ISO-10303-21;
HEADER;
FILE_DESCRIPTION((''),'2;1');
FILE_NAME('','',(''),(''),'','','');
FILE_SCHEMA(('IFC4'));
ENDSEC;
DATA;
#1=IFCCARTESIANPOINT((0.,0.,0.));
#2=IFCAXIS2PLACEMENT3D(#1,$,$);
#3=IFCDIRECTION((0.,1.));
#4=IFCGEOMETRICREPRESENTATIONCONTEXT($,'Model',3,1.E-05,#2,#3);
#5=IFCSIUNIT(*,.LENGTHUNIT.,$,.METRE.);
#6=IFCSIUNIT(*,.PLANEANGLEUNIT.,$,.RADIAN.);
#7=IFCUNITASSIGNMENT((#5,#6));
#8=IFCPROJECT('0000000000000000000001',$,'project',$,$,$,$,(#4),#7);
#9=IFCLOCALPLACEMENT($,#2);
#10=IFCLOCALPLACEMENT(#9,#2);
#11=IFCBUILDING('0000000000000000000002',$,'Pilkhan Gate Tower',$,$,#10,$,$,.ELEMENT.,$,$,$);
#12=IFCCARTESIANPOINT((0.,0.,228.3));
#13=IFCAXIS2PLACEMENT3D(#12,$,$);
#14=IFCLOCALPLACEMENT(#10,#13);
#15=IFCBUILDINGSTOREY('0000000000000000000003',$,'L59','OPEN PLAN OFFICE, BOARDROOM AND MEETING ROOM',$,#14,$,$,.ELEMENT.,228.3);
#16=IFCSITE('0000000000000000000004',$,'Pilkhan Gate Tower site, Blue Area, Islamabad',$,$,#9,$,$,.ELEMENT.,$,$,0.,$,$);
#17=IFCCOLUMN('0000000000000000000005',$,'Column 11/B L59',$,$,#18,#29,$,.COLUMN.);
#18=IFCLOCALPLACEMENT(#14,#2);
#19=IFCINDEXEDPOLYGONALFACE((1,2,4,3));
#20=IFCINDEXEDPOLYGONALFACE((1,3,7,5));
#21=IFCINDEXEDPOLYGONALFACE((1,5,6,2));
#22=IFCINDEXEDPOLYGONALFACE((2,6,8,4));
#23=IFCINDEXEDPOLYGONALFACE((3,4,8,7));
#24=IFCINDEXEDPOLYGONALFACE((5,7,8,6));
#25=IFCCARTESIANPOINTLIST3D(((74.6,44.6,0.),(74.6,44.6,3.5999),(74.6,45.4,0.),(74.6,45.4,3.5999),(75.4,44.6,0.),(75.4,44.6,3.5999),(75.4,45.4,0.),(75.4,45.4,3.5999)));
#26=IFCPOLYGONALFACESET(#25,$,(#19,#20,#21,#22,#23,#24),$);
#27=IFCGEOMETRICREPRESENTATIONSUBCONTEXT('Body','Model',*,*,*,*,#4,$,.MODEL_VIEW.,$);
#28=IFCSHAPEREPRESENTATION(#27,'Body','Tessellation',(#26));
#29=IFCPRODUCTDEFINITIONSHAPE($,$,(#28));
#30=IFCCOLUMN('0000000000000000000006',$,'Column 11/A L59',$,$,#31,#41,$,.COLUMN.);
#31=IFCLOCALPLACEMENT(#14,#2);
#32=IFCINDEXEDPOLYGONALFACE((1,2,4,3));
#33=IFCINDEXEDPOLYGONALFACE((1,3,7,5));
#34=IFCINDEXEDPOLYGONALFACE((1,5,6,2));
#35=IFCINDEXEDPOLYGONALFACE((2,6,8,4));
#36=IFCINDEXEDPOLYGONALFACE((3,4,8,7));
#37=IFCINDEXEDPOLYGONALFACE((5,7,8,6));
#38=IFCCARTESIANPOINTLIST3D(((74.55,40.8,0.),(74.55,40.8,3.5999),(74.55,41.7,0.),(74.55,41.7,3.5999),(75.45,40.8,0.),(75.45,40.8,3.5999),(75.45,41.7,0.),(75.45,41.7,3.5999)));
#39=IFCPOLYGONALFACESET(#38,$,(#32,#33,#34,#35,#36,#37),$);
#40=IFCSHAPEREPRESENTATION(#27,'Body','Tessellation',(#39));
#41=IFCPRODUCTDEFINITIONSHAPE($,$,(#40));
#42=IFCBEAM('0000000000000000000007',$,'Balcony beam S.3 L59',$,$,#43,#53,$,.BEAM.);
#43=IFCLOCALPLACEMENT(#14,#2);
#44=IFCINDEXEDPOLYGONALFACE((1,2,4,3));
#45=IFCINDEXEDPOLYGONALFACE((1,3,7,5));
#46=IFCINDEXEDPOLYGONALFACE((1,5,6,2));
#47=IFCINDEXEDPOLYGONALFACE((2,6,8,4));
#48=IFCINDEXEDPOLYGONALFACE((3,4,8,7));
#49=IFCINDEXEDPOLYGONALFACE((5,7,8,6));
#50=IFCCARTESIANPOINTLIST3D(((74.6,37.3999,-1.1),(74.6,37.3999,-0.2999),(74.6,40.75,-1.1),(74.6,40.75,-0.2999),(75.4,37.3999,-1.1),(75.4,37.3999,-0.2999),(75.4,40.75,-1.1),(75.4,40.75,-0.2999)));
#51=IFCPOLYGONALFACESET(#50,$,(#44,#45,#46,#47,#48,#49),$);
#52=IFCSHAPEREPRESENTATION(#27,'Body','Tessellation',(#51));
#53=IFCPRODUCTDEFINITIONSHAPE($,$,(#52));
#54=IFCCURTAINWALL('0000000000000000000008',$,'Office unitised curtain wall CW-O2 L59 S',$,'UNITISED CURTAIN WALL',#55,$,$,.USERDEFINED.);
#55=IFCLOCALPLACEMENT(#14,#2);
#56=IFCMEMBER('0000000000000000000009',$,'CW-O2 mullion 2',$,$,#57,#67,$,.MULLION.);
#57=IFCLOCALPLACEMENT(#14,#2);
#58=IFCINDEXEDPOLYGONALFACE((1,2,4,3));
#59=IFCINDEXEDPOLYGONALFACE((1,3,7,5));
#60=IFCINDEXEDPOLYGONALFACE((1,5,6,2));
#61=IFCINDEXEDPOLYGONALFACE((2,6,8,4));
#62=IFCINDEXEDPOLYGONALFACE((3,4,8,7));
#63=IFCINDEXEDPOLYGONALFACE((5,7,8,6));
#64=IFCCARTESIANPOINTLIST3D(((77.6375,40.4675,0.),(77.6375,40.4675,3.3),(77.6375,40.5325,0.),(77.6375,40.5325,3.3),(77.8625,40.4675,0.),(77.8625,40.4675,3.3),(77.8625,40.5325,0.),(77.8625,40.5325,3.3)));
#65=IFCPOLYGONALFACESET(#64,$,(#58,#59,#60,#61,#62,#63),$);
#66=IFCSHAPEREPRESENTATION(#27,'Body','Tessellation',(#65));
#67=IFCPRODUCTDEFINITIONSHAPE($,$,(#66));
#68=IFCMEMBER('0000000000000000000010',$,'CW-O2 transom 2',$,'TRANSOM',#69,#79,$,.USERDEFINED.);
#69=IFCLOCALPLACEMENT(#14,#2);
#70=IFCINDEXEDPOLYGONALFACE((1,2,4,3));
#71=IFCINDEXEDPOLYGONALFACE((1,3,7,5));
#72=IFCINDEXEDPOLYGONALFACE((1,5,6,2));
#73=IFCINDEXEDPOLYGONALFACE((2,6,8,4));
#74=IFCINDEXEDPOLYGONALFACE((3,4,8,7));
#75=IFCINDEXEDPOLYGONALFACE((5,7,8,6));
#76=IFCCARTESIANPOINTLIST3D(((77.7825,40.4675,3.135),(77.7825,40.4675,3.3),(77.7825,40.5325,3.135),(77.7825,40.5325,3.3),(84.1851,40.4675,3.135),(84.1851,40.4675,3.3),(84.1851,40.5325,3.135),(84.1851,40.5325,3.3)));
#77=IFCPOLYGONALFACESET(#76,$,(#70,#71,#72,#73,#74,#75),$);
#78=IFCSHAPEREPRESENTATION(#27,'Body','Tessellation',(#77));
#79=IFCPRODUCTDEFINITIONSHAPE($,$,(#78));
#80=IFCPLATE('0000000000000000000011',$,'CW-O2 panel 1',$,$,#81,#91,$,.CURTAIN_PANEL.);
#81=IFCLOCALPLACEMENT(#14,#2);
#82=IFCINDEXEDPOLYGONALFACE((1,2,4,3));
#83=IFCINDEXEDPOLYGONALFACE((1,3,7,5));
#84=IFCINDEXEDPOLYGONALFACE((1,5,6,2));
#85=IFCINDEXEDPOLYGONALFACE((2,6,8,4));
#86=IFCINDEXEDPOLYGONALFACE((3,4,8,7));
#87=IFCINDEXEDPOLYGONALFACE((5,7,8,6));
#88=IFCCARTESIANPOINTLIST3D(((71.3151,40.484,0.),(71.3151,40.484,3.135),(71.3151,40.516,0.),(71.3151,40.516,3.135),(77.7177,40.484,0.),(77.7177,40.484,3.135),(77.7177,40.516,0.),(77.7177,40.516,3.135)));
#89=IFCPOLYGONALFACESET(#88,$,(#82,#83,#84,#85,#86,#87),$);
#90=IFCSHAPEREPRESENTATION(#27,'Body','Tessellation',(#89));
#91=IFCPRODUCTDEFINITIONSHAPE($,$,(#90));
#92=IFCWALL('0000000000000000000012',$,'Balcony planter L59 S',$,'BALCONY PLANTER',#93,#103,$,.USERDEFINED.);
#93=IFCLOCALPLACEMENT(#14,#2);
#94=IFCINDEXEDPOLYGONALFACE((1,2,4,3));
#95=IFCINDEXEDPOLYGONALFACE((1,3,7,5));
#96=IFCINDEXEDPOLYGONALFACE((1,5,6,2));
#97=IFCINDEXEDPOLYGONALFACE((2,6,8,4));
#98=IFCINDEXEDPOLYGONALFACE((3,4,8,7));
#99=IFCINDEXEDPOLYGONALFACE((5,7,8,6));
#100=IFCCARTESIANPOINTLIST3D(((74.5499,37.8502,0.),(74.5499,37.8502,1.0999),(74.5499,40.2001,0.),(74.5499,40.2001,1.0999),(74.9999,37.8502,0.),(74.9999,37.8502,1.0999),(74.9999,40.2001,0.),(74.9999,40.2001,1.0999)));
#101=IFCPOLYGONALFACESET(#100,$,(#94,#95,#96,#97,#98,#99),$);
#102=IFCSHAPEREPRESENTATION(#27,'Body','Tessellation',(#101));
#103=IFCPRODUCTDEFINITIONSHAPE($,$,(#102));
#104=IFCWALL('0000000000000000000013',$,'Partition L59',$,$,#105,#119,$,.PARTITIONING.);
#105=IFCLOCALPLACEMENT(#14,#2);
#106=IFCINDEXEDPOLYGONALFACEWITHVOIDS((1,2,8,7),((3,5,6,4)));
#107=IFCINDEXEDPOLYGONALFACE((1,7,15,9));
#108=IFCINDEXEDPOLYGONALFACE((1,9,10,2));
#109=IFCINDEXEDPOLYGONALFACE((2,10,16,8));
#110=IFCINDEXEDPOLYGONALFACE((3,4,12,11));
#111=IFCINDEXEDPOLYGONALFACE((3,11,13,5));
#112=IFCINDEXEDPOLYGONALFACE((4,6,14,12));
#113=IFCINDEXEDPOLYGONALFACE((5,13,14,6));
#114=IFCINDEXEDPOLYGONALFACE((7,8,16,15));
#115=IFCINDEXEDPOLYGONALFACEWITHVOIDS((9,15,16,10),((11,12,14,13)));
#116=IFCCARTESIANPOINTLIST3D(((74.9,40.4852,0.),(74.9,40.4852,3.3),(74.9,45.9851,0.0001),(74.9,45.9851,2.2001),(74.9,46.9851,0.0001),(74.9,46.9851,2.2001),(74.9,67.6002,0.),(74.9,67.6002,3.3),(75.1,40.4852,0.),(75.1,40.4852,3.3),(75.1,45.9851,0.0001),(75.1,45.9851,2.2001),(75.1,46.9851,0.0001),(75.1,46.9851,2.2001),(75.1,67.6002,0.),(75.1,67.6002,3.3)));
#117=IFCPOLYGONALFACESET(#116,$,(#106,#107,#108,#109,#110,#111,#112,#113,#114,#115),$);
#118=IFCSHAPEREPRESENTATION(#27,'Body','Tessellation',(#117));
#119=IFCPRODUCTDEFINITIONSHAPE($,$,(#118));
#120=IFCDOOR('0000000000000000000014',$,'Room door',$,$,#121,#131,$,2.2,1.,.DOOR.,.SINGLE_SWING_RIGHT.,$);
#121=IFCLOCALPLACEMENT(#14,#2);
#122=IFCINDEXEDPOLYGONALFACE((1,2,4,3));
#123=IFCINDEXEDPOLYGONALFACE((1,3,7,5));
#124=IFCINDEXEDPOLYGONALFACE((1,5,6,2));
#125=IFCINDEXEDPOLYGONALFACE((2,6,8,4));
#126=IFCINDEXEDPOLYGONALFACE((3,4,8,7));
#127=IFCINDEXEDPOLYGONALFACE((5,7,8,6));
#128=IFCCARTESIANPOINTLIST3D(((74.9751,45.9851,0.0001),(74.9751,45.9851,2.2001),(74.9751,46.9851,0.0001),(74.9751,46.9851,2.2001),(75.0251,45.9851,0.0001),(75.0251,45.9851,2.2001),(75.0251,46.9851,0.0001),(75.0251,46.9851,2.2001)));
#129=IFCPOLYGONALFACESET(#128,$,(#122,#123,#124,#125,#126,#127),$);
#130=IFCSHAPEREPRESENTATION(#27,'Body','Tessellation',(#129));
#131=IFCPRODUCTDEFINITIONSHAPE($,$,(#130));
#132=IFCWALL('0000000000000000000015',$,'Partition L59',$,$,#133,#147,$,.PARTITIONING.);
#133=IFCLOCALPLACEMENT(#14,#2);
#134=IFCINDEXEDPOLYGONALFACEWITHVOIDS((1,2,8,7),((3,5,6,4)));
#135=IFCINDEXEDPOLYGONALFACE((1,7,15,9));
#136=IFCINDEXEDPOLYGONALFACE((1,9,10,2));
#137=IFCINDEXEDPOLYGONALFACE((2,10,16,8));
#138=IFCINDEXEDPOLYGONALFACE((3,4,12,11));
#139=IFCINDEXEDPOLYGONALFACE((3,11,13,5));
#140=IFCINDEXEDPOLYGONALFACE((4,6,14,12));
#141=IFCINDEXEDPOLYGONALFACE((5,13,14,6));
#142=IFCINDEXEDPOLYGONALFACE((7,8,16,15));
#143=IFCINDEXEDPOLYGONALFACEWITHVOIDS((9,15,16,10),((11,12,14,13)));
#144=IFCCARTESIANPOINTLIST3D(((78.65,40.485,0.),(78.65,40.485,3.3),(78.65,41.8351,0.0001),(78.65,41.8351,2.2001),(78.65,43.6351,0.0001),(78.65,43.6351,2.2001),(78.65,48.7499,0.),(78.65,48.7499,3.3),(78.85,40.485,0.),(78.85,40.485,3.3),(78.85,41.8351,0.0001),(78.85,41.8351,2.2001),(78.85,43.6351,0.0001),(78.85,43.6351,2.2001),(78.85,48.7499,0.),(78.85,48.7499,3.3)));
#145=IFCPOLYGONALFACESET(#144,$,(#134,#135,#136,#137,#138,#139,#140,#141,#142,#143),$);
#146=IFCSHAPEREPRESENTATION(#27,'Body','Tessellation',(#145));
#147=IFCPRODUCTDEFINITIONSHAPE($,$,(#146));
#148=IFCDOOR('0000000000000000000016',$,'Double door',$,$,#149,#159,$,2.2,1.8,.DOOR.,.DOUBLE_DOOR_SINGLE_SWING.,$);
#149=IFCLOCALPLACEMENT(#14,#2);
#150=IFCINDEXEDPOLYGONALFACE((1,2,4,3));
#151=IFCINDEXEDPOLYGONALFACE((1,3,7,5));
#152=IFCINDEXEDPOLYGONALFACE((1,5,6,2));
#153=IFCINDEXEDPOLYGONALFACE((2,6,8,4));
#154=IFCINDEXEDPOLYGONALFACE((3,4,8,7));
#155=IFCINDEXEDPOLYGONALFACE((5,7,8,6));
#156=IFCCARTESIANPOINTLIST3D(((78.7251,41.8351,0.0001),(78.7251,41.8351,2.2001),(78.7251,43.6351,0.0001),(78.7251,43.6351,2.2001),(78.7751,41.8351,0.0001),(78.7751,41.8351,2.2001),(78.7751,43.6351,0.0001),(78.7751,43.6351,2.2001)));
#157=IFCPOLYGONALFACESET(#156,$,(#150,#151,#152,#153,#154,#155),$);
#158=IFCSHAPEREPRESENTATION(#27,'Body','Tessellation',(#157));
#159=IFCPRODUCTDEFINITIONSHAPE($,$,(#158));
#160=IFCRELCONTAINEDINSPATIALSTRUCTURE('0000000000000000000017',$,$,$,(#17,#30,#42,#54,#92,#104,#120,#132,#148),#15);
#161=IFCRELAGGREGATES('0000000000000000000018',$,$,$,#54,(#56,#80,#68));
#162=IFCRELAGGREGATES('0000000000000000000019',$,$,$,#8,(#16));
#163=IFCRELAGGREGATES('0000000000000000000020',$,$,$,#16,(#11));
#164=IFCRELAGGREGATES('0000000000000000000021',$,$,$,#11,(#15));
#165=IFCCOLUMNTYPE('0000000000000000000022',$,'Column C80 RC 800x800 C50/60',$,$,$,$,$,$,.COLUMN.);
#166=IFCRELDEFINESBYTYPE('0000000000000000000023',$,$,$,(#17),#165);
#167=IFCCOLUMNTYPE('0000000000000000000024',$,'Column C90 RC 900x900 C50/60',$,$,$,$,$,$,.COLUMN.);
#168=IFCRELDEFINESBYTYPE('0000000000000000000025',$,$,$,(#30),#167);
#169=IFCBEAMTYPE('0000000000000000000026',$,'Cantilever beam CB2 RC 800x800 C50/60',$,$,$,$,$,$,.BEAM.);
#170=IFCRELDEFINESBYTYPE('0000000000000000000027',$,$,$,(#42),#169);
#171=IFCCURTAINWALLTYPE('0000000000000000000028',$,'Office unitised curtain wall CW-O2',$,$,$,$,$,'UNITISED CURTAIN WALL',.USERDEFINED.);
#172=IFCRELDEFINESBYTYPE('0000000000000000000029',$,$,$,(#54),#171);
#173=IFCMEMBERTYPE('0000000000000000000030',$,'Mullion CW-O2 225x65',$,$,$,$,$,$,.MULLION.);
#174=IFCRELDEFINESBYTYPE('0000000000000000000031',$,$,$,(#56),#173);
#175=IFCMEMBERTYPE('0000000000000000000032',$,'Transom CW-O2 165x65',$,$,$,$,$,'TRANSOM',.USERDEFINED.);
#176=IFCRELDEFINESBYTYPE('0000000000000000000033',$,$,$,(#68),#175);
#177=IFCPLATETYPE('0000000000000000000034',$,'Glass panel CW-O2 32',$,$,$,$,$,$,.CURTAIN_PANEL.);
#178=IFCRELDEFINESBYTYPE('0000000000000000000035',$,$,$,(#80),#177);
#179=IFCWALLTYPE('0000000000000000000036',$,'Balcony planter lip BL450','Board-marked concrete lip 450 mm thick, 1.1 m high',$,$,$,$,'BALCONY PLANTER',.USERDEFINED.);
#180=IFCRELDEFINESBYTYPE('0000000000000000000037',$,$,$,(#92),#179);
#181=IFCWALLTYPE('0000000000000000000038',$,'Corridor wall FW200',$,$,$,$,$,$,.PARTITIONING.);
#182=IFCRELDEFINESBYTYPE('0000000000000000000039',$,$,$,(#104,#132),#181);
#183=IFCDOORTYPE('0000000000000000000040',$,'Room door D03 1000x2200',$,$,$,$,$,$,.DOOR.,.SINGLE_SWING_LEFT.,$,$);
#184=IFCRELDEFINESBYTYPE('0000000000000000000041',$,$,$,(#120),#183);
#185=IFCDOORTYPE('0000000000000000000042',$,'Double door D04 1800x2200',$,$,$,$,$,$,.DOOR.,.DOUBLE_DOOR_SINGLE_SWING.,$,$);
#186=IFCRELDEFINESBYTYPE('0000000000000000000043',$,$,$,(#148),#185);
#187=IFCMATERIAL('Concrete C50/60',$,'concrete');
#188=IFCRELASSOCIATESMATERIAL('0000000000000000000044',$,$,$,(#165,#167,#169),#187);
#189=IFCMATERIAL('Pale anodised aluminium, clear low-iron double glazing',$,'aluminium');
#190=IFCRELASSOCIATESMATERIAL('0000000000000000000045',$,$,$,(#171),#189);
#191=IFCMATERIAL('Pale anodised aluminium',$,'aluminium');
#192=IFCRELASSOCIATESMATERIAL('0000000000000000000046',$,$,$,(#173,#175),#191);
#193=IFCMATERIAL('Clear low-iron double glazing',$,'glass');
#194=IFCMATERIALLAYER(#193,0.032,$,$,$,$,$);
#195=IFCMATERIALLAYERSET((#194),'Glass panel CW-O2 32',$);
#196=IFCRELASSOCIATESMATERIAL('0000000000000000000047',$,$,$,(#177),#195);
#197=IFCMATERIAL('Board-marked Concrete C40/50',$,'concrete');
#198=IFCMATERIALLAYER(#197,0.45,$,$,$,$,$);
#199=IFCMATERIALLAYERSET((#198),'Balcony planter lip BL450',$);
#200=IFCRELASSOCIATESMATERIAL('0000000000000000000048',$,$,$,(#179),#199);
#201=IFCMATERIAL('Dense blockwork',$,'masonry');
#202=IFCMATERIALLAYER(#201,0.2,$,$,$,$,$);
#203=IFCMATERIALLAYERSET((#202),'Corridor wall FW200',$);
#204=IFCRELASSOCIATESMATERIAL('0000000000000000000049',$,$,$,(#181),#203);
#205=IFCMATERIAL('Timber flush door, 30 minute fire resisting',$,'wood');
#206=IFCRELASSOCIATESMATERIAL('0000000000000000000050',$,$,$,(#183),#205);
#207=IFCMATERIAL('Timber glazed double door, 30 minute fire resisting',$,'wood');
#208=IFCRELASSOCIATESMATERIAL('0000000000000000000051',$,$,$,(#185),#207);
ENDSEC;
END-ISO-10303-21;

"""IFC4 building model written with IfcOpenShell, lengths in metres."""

from ifc_helpers import new_model, si_unit, direction, frame, frame_2d, origin, origin_2d, place, context, subcontext, project, spatial, rectangle, extrude, material, layer, layer_set, material_profile, profile_set, type_object, element, fill, aggregate, save


model = new_model("IFC4")

# Units and contexts
model_context = context("Model", 3, precision=1e-05, world=origin(), true_north=direction((0.0, 1.0)))
body_context = subcontext(model_context, "Body", "Model", "MODEL_VIEW")
ifc_project = project(units=[si_unit("LENGTHUNIT", "METRE"), si_unit("PLANEANGLEUNIT", "RADIAN")], contexts=[model_context])

# Site, building, storey
site_placement = place(None, origin())
site = spatial("IfcSite", under=ifc_project, at=site_placement, Name="Pilkhan Gate Tower site, Blue Area, Islamabad", CompositionType="ELEMENT", RefElevation=0.0)
building_placement = place(site_placement, origin())
building = spatial("IfcBuilding", under=site, at=building_placement, Name="Pilkhan Gate Tower", CompositionType="ELEMENT")
storey_placement = place(building_placement, frame((0.0, 0.0, 228.3)))
storey = spatial("IfcBuildingStorey", under=building, at=storey_placement, Name="L59", Description="OPEN PLAN OFFICE, BOARDROOM AND MEETING ROOM", CompositionType="ELEMENT", Elevation=228.3)

# Columns
ifc_material_1 = material(Name="Concrete C50/60", Category="concrete")
ifc_material_profile_1 = material_profile(ifc_material_1, rectangle(XDim=0.8, YDim=0.8, at=origin_2d()), Name="RC 800x800")
ifc_profile_set_1 = profile_set([ifc_material_profile_1], Name="Concrete C50/60")
column_type_1 = type_object("IfcColumnType", Name="Column C80 RC 800x800 C50/60", PredefinedType="COLUMN", material=ifc_profile_set_1)
column_1_placement = place(storey_placement, frame((75.0, 45.0, 0.0), z_axis=(0.0, 0.0, 1.0), x_axis=(1.0, 0.0, 0.0)))
element("IfcColumn", 1, at=column_1_placement, inside=storey, type_object=column_type_1, Name="Column 11/B L59", PredefinedType="COLUMN", context=body_context, shape_type="SweptSolid", body=[
    extrude(rectangle(XDim=0.8, YDim=0.8, at=origin_2d()), origin(), (0.0, 0.0, 1.0), 3.5999),
])
ifc_material_profile_2 = material_profile(ifc_material_1, rectangle(XDim=0.8999, YDim=0.8999, at=origin_2d()), Name="RC 900x900")
ifc_profile_set_2 = profile_set([ifc_material_profile_2], Name="Concrete C50/60")
column_type_2 = type_object("IfcColumnType", Name="Column C90 RC 900x900 C50/60", PredefinedType="COLUMN", material=ifc_profile_set_2)
column_2_placement = place(storey_placement, frame((75.0, 41.25, 0.0), z_axis=(0.0, 0.0, 1.0), x_axis=(1.0, 0.0, 0.0)))
element("IfcColumn", 2, at=column_2_placement, inside=storey, type_object=column_type_2, Name="Column 11/A L59", PredefinedType="COLUMN", context=body_context, shape_type="SweptSolid", body=[
    extrude(rectangle(XDim=0.8999, YDim=0.8999, at=origin_2d()), origin(), (0.0, 0.0, 1.0), 3.5999),
])

# Beam
ifc_material_profile_3 = material_profile(ifc_material_1, rectangle(XDim=0.8, YDim=0.8, at=origin_2d()), Name="RC 800x800")
ifc_profile_set_3 = profile_set([ifc_material_profile_3], Name="Concrete C50/60")
beam_type = type_object("IfcBeamType", Name="Cantilever beam CB2 RC 800x800 C50/60", PredefinedType="BEAM", material=ifc_profile_set_3)
beam_placement = place(storey_placement, frame((75.0, 40.75, -0.7), z_axis=(0.0, -1.0, 0.0), x_axis=(1.0, 0.0, 0.0)))
element("IfcBeam", 3, at=beam_placement, inside=storey, type_object=beam_type, Name="Balcony beam S.3 L59", PredefinedType="BEAM", context=body_context, shape_type="SweptSolid", body=[
    extrude(rectangle(XDim=0.8, YDim=0.8, at=origin_2d()), origin(), (0.0, 0.0, 1.0), 3.3501),
])

# Curtain wall, members, plate
ifc_material_2 = material(Name="Pale anodised aluminium, clear low-iron double glazing", Category="aluminium")
curtain_wall_type = type_object("IfcCurtainWallType", Name="Office unitised curtain wall CW-O2", ElementType="UNITISED CURTAIN WALL", PredefinedType="USERDEFINED", material=ifc_material_2)
curtain_wall_placement = place(storey_placement, origin())
curtain_wall = element("IfcCurtainWall", 4, at=curtain_wall_placement, inside=storey, type_object=curtain_wall_type, Name="Office unitised curtain wall CW-O2 L59 S", ObjectType="UNITISED CURTAIN WALL", PredefinedType="USERDEFINED")
ifc_material_3 = material(Name="Pale anodised aluminium", Category="aluminium")
ifc_material_profile_4 = material_profile(ifc_material_3, rectangle(XDim=0.0649, YDim=0.2251, at=origin_2d()), Name="Mullion 225x65")
ifc_profile_set_4 = profile_set([ifc_material_profile_4], Name="Pale anodised aluminium")
member_type_1 = type_object("IfcMemberType", Name="Mullion CW-O2 225x65", PredefinedType="MULLION", material=ifc_profile_set_4)
member_1_placement = place(storey_placement, frame((77.75, 40.5, 0.0), z_axis=(0.0, 0.0, 1.0), x_axis=(0.0, 1.0, 0.0)))
member_1 = element("IfcMember", 5, at=member_1_placement, type_object=member_type_1, Name="CW-O2 mullion 2", PredefinedType="MULLION", context=body_context, shape_type="SweptSolid", body=[
    extrude(rectangle(XDim=0.0649, YDim=0.2251, at=origin_2d()), origin(), (0.0, 0.0, 1.0), 3.3),
])
ifc_material_profile_5 = material_profile(ifc_material_3, rectangle(XDim=0.0649, YDim=0.165, at=origin_2d()), Name="Transom 165x65")
ifc_profile_set_5 = profile_set([ifc_material_profile_5], Name="Pale anodised aluminium")
member_type_2 = type_object("IfcMemberType", Name="Transom CW-O2 165x65", ElementType="TRANSOM", PredefinedType="USERDEFINED", material=ifc_profile_set_5)
member_2_placement = place(storey_placement, frame((77.7825, 40.5, 3.2175), z_axis=(1.0, 0.0, 0.0), x_axis=(0.0, 1.0, 0.0)))
member_2 = element("IfcMember", 6, at=member_2_placement, type_object=member_type_2, Name="CW-O2 transom 2", ObjectType="TRANSOM", PredefinedType="USERDEFINED", context=body_context, shape_type="SweptSolid", body=[
    extrude(rectangle(XDim=0.0649, YDim=0.165, at=origin_2d()), origin(), (0.0, 0.0, 1.0), 6.4026),
])
ifc_material_4 = material(Name="Clear low-iron double glazing", Category="glass")
ifc_layer_1 = layer(ifc_material_4, 0.032)
ifc_layer_set_1 = layer_set([ifc_layer_1], Name="Glass panel CW-O2 32")
plate_type = type_object("IfcPlateType", Name="Glass panel CW-O2 32", PredefinedType="CURTAIN_PANEL", material=ifc_layer_set_1)
plate_placement = place(storey_placement, frame((74.5164, 40.5, 0.0), z_axis=(0.0, 0.0, 1.0), x_axis=(1.0, 0.0, 0.0)))
plate = element("IfcPlate", 7, at=plate_placement, type_object=plate_type, Name="CW-O2 panel 1", PredefinedType="CURTAIN_PANEL", context=body_context, shape_type="SweptSolid", body=[
    extrude(rectangle(XDim=6.4026, YDim=0.032, at=origin_2d()), origin(), (0.0, 0.0, 1.0), 3.135),
])
aggregate(curtain_wall, [member_1, plate, member_2])

# Wall
ifc_material_5 = material(Name="Board-marked Concrete C40/50", Category="concrete")
ifc_layer_2 = layer(ifc_material_5, 0.45)
ifc_layer_set_2 = layer_set([ifc_layer_2], Name="Balcony planter lip BL450")
wall_type_1 = type_object("IfcWallType", Name="Balcony planter lip BL450", Description="Board-marked concrete lip 450 mm thick, 1.1 m high", ElementType="BALCONY PLANTER", PredefinedType="USERDEFINED", material=ifc_layer_set_2)
wall_1_placement = place(storey_placement, frame((74.7749, 40.2, 0.0), z_axis=(0.0, 0.0, 1.0), x_axis=(0.0, -1.0, 0.0)))
element("IfcWall", 8, at=wall_1_placement, inside=storey, type_object=wall_type_1, Name="Balcony planter L59 S", ObjectType="BALCONY PLANTER", PredefinedType="USERDEFINED", context=body_context, shape_type="SweptSolid", body=[
    extrude(rectangle(XDim=2.3499, YDim=0.45, at=frame_2d((1.1748, 0.0))), origin(), (0.0, 0.0, 1.0), 1.0999),
])

# Walls, openings, doors
ifc_material_6 = material(Name="Dense blockwork", Category="masonry")
ifc_layer_3 = layer(ifc_material_6, 0.2)
ifc_layer_set_3 = layer_set([ifc_layer_3], Name="Corridor wall FW200")
wall_type_2 = type_object("IfcWallType", Name="Corridor wall FW200", PredefinedType="PARTITIONING", material=ifc_layer_set_3)
wall_2_placement = place(storey_placement, frame((75.0, 40.4851, 0.0), z_axis=(0.0, 0.0, 1.0), x_axis=(0.0, 1.0, 0.0)))
wall_2 = element("IfcWall", 9, at=wall_2_placement, inside=storey, type_object=wall_type_2, Name="Partition L59", PredefinedType="PARTITIONING", context=body_context, shape_type="SweptSolid", body=[
    extrude(rectangle(XDim=27.115, YDim=0.2, at=frame_2d((13.5576, 0.0))), origin(), (0.0, 0.0, 1.0), 3.3),
])
opening_1_placement = place(wall_2_placement, frame((5.5, 0.0, 0.0)))
opening_1 = element("IfcOpeningElement", 10, at=opening_1_placement, cuts=wall_2, PredefinedType="OPENING", context=body_context, shape_type="SweptSolid", body=[
    extrude(rectangle(XDim=1.0, YDim=2.2, at=frame_2d((0.5, 1.1001))), frame((0.0, 0.1099, 0.0), z_axis=(0.0, -1.0, 0.0), x_axis=(1.0, 0.0, 0.0)), (0.0, 0.0, 1.0), 0.22),
])
ifc_material_7 = material(Name="Timber flush door, 30 minute fire resisting", Category="wood")
door_type_1 = type_object("IfcDoorType", Name="Room door D03 1000x2200", OperationType="SINGLE_SWING_LEFT", PredefinedType="DOOR", material=ifc_material_7)
door_1_placement = place(opening_1_placement, origin())
door_1 = element("IfcDoor", 11, at=door_1_placement, inside=storey, type_object=door_type_1, Name="Room door", OperationType="SINGLE_SWING_RIGHT", OverallHeight=2.2, OverallWidth=1.0, PredefinedType="DOOR", context=body_context, shape_type="SweptSolid", body=[
    extrude(rectangle(XDim=1.0, YDim=2.2, at=frame_2d((0.5, 1.1001))), frame((0.0, 0.0249, 0.0), z_axis=(0.0, -1.0, 0.0), x_axis=(1.0, 0.0, 0.0)), (0.0, 0.0, 1.0), 0.05),
])
fill(opening_1, door_1)
wall_3_placement = place(storey_placement, frame((78.75, 40.4851, 0.0), z_axis=(0.0, 0.0, 1.0), x_axis=(0.0, 1.0, 0.0)))
wall_3 = element("IfcWall", 12, at=wall_3_placement, inside=storey, type_object=wall_type_2, Name="Partition L59", PredefinedType="PARTITIONING", context=body_context, shape_type="SweptSolid", body=[
    extrude(rectangle(XDim=8.2649, YDim=0.2, at=frame_2d((4.1323, 0.0))), origin(), (0.0, 0.0, 1.0), 3.3),
])
opening_2_placement = place(wall_3_placement, frame((1.3501, 0.0, 0.0)))
opening_2 = element("IfcOpeningElement", 13, at=opening_2_placement, cuts=wall_3, PredefinedType="OPENING", context=body_context, shape_type="SweptSolid", body=[
    extrude(rectangle(XDim=1.8, YDim=2.2, at=frame_2d((0.8999, 1.1001))), frame((0.0, 0.1099, 0.0), z_axis=(0.0, -1.0, 0.0), x_axis=(1.0, 0.0, 0.0)), (0.0, 0.0, 1.0), 0.22),
])
ifc_material_8 = material(Name="Timber glazed double door, 30 minute fire resisting", Category="wood")
door_type_2 = type_object("IfcDoorType", Name="Double door D04 1800x2200", OperationType="DOUBLE_DOOR_SINGLE_SWING", PredefinedType="DOOR", material=ifc_material_8)
door_2_placement = place(opening_2_placement, origin())
door_2 = element("IfcDoor", 14, at=door_2_placement, inside=storey, type_object=door_type_2, Name="Double door", OperationType="DOUBLE_DOOR_SINGLE_SWING", OverallHeight=2.2, OverallWidth=1.8, PredefinedType="DOOR", context=body_context, shape_type="SweptSolid", body=[
    extrude(rectangle(XDim=1.8, YDim=2.2, at=frame_2d((0.8999, 1.1001))), frame((0.0, 0.0249, 0.0), z_axis=(0.0, -1.0, 0.0), x_axis=(1.0, 0.0, 0.0)), (0.0, 0.0, 1.0), 0.05),
])
fill(opening_2, door_2)

save(model, "model.ifc")
